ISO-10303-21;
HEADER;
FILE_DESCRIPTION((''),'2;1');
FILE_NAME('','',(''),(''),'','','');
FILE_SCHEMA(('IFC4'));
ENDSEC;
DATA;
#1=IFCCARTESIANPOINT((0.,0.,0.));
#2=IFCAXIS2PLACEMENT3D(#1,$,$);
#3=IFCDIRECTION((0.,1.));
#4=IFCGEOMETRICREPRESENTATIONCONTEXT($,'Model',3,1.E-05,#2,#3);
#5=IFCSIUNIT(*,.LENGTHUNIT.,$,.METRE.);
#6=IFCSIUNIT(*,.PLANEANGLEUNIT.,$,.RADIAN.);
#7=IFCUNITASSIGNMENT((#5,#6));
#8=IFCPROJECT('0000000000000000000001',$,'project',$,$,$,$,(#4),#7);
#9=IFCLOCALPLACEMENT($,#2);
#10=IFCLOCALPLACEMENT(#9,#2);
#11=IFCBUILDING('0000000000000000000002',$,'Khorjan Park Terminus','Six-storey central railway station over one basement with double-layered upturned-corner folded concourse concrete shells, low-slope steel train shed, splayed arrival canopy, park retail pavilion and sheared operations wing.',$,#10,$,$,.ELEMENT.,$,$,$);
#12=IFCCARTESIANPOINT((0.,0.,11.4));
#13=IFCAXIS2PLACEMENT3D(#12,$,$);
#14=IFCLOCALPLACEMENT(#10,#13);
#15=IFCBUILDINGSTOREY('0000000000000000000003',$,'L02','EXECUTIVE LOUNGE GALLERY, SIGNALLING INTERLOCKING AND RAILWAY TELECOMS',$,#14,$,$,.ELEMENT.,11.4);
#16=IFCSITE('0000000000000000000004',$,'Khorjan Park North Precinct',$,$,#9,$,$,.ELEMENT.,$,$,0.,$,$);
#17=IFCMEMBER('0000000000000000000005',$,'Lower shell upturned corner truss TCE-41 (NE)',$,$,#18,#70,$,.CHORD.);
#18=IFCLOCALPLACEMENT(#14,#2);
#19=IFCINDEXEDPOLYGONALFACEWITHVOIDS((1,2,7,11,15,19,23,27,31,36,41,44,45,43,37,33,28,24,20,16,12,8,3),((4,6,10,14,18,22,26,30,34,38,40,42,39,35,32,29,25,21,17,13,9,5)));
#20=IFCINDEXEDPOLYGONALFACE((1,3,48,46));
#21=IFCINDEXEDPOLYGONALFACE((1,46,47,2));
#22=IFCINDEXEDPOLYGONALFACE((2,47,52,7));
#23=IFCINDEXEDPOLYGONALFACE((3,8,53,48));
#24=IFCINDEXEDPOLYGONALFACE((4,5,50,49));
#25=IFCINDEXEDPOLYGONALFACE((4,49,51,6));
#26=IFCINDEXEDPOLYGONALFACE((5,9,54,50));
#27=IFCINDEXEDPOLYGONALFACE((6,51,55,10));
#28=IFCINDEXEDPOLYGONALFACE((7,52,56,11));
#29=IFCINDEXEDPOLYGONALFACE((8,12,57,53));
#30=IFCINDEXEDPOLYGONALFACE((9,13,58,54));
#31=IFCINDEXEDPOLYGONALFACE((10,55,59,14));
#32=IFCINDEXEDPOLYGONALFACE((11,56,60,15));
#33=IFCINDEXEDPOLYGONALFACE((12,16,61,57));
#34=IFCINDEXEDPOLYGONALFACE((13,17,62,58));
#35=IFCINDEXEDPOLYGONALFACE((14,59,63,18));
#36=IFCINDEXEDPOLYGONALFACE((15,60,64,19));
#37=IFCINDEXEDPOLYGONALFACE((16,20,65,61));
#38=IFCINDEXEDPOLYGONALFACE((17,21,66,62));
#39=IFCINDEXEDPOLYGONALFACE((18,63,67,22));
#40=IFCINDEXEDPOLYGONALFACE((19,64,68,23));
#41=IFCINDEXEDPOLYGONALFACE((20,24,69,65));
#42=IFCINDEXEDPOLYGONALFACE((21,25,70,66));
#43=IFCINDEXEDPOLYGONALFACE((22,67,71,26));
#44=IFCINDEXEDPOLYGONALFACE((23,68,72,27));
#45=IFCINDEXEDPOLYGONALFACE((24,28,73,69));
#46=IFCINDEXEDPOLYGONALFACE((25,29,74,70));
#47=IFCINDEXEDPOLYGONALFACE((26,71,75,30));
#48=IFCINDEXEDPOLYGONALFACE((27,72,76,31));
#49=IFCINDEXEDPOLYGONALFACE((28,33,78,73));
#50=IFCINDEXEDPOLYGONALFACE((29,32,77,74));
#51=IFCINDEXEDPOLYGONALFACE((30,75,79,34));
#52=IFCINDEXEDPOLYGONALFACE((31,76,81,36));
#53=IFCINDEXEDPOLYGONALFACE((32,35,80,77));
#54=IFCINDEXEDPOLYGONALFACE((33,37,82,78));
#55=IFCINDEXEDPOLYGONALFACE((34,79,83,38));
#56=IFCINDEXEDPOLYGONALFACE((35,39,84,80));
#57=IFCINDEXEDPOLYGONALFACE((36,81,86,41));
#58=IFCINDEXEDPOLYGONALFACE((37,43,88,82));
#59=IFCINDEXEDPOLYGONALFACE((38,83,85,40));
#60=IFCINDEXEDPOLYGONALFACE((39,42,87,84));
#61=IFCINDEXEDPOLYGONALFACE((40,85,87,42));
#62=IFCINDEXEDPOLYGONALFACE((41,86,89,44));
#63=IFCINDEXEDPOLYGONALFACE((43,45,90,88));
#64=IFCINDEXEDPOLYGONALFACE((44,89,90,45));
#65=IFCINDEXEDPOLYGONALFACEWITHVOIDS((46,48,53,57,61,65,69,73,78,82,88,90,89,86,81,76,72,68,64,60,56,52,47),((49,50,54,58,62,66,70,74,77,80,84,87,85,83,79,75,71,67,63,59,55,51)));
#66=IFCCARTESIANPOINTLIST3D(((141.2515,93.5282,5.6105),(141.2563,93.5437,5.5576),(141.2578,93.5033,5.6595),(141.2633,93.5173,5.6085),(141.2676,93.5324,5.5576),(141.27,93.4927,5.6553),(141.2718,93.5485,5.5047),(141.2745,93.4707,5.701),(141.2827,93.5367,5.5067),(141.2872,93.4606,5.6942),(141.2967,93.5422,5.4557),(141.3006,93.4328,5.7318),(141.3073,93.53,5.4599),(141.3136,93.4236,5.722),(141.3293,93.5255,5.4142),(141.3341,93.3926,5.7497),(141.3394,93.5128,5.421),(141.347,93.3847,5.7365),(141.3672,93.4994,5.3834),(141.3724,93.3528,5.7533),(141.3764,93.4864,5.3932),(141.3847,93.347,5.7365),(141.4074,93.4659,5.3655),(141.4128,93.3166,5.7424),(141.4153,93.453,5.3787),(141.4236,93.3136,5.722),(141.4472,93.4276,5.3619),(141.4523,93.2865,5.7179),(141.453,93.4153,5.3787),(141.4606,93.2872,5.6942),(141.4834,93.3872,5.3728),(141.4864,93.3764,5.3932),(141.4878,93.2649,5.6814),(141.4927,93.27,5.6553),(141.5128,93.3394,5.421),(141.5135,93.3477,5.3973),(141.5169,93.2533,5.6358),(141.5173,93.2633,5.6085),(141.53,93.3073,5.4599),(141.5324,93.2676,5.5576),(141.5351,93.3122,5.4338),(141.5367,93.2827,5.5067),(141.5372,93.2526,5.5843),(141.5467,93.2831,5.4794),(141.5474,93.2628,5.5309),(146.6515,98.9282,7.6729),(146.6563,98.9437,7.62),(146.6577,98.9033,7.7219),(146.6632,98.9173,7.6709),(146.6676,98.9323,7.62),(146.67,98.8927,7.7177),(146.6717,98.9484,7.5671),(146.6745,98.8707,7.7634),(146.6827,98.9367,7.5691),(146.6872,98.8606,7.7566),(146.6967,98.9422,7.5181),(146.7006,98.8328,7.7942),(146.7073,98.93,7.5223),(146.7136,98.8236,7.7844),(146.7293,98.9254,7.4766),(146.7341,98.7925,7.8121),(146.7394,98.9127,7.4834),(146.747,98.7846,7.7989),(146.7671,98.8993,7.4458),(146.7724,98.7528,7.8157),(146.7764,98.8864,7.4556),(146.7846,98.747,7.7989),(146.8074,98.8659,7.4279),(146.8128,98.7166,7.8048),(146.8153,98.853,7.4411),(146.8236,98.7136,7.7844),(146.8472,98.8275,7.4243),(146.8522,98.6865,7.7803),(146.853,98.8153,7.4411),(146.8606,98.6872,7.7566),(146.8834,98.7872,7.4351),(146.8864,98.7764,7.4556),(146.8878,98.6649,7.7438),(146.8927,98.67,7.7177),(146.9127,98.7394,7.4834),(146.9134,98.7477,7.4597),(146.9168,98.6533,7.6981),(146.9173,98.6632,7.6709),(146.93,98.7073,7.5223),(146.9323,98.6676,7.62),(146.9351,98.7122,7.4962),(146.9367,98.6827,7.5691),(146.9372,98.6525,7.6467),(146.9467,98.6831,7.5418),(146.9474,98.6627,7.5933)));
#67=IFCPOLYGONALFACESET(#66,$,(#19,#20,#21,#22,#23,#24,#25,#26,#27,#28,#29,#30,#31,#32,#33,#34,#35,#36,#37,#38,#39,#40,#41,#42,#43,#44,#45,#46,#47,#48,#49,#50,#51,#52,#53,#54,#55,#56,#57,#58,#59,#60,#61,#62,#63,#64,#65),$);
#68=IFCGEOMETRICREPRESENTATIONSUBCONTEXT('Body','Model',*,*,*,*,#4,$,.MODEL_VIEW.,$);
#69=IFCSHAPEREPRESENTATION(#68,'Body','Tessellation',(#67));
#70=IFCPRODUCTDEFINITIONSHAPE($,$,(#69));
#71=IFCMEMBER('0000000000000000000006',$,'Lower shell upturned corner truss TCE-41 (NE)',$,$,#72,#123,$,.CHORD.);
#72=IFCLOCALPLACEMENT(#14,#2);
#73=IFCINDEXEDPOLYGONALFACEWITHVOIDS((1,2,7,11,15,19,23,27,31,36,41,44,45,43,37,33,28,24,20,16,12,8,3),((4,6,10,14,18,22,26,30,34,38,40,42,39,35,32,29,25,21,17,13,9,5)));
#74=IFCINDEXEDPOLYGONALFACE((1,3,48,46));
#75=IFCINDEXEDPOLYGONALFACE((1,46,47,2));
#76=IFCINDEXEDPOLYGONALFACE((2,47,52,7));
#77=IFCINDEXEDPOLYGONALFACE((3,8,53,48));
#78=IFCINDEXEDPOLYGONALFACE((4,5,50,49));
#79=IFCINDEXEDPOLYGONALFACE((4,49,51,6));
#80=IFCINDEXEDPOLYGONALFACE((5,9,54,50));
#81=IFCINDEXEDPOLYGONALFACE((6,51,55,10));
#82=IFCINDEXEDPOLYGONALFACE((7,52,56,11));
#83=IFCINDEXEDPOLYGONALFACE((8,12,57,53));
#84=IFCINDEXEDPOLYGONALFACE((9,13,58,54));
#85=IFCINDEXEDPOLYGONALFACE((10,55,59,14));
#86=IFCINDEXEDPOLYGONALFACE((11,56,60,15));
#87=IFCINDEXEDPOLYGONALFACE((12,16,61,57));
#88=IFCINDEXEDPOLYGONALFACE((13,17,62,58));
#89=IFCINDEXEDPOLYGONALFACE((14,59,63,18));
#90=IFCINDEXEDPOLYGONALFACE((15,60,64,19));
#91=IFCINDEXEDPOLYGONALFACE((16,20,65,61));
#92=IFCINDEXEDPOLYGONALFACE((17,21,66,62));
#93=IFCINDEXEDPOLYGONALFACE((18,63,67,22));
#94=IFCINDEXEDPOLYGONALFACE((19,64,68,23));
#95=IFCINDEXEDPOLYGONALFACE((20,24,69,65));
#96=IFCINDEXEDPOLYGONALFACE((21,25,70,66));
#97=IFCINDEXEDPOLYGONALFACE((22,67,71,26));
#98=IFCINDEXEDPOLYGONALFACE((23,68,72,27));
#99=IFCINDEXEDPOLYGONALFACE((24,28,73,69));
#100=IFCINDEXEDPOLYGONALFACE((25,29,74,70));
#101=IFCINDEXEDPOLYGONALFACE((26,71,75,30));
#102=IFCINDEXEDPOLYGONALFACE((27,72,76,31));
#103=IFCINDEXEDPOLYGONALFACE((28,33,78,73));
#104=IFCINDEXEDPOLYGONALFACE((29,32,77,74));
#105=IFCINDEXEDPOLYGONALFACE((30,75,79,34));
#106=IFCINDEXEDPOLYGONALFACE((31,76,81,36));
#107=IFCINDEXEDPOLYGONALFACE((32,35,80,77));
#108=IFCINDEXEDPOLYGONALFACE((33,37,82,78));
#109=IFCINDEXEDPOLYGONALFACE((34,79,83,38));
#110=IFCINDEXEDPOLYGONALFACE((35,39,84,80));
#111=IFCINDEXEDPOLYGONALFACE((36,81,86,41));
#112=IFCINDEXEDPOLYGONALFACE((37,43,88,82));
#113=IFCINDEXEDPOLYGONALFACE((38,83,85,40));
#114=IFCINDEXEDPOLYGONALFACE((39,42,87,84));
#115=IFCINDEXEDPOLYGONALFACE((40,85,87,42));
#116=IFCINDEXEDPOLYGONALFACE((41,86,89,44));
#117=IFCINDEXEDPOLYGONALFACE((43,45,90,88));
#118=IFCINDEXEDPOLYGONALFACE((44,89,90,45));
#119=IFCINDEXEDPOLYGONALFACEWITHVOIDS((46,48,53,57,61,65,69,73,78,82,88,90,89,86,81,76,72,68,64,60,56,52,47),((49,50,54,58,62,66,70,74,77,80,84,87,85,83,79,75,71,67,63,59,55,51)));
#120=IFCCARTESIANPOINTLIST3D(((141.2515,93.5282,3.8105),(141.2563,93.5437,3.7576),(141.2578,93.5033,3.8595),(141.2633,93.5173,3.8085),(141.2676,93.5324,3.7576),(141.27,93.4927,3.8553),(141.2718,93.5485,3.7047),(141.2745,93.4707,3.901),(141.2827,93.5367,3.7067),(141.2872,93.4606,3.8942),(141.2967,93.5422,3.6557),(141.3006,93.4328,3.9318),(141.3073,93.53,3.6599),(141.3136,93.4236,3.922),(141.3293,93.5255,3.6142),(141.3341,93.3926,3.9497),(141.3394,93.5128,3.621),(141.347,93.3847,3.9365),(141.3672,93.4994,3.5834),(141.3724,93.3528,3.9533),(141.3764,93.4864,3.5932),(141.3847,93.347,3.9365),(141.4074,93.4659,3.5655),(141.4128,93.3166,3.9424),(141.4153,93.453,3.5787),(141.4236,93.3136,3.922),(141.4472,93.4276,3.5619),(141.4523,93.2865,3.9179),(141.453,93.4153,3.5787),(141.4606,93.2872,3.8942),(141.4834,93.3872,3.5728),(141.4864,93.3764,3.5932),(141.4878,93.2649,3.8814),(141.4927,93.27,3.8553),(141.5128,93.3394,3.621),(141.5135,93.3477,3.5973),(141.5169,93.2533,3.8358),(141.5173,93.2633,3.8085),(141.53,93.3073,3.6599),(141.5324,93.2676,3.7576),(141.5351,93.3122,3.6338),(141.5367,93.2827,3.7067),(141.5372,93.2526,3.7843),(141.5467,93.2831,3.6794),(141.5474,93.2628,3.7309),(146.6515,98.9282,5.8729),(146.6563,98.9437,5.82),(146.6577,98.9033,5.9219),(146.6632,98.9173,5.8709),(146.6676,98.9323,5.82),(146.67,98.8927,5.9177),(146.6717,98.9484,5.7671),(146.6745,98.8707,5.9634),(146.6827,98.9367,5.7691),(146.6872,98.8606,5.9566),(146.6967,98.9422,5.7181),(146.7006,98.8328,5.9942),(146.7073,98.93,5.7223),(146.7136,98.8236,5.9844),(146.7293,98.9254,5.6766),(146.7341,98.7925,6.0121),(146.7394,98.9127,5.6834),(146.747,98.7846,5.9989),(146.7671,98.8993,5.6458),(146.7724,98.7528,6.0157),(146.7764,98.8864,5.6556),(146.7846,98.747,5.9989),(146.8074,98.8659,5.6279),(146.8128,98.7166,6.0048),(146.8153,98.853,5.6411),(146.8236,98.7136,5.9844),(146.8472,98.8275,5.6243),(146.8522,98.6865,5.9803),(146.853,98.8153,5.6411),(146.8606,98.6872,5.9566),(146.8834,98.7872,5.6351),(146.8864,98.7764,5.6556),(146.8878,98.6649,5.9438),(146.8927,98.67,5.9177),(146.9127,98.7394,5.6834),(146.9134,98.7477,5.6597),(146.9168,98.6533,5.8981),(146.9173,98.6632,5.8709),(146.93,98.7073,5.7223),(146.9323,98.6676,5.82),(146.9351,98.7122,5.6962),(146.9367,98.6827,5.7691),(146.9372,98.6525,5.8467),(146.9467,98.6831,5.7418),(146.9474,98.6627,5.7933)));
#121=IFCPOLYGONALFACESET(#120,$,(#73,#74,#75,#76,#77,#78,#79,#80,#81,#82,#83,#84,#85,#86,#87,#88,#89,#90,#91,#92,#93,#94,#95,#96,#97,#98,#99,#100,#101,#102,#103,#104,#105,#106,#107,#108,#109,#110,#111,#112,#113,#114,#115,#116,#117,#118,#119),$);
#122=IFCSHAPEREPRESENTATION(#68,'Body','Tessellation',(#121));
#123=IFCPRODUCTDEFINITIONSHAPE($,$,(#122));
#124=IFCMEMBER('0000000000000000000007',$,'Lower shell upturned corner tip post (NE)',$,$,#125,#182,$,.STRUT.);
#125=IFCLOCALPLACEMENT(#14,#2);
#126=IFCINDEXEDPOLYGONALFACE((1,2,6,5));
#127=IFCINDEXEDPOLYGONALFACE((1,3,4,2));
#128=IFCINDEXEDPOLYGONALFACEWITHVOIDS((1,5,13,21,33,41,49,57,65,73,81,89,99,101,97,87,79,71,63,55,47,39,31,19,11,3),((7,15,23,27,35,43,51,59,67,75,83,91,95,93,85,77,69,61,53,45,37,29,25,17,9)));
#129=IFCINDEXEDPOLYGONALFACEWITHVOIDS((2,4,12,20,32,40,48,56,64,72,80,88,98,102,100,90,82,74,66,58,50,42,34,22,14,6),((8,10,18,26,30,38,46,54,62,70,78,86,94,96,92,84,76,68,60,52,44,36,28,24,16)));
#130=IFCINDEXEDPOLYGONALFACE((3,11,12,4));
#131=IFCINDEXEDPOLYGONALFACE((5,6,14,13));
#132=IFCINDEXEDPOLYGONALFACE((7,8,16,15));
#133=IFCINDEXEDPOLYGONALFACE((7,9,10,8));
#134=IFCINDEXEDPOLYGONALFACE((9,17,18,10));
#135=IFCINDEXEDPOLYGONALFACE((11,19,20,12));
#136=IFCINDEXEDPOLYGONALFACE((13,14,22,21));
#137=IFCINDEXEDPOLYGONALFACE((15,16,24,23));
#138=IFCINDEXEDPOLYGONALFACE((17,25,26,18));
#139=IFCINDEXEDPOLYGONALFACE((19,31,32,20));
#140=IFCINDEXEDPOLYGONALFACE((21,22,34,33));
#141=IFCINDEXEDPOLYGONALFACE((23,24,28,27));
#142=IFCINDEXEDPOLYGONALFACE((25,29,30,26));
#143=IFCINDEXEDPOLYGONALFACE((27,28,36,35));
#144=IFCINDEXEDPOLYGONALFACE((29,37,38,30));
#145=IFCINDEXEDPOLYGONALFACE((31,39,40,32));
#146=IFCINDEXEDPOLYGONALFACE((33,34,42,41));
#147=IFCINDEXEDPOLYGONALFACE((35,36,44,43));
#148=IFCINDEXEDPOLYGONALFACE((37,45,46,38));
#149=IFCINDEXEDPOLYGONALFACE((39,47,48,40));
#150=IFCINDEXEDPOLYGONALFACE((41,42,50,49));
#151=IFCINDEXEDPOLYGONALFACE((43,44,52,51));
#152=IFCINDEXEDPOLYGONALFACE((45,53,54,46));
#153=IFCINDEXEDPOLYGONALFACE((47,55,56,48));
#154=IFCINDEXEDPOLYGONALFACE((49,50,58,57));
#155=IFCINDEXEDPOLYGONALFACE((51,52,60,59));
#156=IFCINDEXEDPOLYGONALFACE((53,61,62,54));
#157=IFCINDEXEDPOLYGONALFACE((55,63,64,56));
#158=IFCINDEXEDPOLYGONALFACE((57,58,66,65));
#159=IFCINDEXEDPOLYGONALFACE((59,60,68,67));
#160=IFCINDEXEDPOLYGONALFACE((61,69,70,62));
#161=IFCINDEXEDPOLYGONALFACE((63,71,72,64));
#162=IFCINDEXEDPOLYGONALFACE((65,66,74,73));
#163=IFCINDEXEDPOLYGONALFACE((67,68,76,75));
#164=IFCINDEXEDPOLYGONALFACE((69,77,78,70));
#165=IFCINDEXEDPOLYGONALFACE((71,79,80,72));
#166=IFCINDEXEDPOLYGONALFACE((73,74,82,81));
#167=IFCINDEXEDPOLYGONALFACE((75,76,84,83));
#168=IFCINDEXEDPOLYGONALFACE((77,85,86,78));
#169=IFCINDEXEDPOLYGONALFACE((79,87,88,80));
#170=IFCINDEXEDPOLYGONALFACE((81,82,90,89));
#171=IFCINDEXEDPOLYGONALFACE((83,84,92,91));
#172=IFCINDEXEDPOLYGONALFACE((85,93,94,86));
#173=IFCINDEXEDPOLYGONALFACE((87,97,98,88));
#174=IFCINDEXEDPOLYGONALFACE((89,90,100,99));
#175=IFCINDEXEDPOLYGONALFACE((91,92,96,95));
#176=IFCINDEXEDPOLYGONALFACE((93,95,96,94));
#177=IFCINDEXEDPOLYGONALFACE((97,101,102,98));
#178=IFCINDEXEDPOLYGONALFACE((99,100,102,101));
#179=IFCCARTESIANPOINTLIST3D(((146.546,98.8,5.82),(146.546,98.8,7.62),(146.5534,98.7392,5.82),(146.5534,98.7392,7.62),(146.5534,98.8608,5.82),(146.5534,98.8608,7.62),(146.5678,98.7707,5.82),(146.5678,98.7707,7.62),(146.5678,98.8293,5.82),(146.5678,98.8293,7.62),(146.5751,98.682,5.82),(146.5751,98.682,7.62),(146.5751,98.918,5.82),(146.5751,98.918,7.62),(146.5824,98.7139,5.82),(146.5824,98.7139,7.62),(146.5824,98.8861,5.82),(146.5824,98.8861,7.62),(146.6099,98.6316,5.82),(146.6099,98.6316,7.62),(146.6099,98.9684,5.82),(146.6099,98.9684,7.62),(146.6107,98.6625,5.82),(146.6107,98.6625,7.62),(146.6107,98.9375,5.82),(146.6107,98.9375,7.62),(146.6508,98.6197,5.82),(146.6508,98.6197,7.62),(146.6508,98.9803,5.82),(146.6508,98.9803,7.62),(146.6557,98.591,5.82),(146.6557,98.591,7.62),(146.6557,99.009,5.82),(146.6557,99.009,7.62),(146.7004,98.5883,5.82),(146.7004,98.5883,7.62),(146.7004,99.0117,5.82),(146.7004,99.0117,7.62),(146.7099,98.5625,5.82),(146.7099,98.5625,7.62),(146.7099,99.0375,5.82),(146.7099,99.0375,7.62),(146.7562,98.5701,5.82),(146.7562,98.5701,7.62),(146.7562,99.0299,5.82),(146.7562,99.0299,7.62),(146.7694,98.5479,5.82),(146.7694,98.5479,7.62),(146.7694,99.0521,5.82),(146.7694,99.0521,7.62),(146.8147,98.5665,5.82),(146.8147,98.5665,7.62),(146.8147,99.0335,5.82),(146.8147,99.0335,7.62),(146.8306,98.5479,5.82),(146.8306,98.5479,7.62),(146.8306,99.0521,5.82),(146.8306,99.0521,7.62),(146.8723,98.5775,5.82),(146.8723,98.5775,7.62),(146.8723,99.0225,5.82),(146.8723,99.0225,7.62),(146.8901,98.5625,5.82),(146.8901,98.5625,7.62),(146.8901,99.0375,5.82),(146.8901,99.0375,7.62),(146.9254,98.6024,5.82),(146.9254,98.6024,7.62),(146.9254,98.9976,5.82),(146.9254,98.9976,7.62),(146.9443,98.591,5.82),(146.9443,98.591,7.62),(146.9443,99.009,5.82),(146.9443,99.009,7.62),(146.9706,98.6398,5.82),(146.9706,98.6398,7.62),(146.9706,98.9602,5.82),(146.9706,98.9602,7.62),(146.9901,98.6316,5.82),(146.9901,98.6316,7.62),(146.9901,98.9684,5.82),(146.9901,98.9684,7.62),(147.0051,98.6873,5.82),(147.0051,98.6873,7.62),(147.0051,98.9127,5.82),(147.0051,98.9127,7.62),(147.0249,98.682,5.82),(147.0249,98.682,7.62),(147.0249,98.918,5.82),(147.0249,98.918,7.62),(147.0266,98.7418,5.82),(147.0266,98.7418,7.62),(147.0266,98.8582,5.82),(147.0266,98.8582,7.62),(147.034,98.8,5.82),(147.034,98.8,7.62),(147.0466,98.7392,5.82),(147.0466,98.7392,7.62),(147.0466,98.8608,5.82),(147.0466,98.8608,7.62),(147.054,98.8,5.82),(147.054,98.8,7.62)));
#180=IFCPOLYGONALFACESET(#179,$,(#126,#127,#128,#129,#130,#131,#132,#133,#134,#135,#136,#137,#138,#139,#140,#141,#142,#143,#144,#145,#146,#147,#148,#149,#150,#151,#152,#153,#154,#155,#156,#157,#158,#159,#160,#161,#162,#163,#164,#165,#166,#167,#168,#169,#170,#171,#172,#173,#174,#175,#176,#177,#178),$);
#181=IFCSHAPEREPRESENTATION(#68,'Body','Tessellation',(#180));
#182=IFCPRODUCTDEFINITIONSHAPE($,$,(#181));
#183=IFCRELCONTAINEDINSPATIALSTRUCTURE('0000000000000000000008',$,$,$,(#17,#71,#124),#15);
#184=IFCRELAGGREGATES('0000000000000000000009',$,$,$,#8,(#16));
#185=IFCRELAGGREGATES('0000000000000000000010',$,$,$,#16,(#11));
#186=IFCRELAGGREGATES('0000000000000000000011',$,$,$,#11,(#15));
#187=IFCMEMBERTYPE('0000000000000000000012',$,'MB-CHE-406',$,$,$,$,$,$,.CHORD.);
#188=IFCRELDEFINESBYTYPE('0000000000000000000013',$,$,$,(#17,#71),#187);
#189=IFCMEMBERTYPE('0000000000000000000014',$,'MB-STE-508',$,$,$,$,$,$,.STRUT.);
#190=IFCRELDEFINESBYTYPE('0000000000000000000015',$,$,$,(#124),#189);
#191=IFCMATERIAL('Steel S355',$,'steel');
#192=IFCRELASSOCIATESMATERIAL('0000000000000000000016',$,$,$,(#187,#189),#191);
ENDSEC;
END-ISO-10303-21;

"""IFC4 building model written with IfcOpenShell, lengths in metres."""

from ifc_helpers import new_model, si_unit, direction, frame, origin, origin_2d, place, context, subcontext, project, spatial, hollow_circle, extrude, material, material_profile, profile_set, type_object, element, save


model = new_model("IFC4")

# Units and contexts
model_context = context("Model", 3, precision=1e-05, world=origin(), true_north=direction((0.0, 1.0)))
body_context = subcontext(model_context, "Body", "Model", "MODEL_VIEW")
ifc_project = project(units=[si_unit("LENGTHUNIT", "METRE"), si_unit("PLANEANGLEUNIT", "RADIAN")], contexts=[model_context])

# Site, building, storey
site_placement = place(None, origin())
site = spatial("IfcSite", under=ifc_project, at=site_placement, Name="Khorjan Park North Precinct", CompositionType="ELEMENT", RefElevation=0.0)
building_placement = place(site_placement, origin())
building = spatial("IfcBuilding", under=site, at=building_placement, Name="Khorjan Park Terminus", Description="Six-storey central railway station over one basement with double-layered upturned-corner folded concourse concrete shells, low-slope steel train shed, splayed arrival canopy, park retail pavilion and sheared operations wing.", CompositionType="ELEMENT")
storey_placement = place(building_placement, frame((0.0, 0.0, 11.4)))
storey = spatial("IfcBuildingStorey", under=building, at=storey_placement, Name="L02", Description="EXECUTIVE LOUNGE GALLERY, SIGNALLING INTERLOCKING AND RAILWAY TELECOMS", CompositionType="ELEMENT", Elevation=11.4)

# Shared definitions
ifc_material_1 = material(Name="Steel S355", Category="steel")

# Members
ifc_material_profile_1 = material_profile(ifc_material_1, hollow_circle(Radius=0.2032, WallThickness=0.016, at=origin_2d()), Name="CHS 406.4x16")
ifc_profile_set_1 = profile_set([ifc_material_profile_1], Name="Steel S355")
member_type_1 = type_object("IfcMemberType", Name="MB-CHE-406", PredefinedType="CHORD", material=ifc_profile_set_1)
for number, where, z_axis, x_axis, name in (
    (1, (141.4, 93.4, 5.5576), (0.682651, 0.682651, 0.260722), (-0.707107, 0.707107, 0.0), "Lower shell upturned corner truss TCE-41 (NE)"),
    (2, (141.4, 93.4, 3.7576), (0.682651, 0.682651, 0.260722), (-0.707107, 0.707107, 0.0), "Lower shell upturned corner truss TCE-41 (NE)"),
):
    element("IfcMember", number, at=place(storey_placement, frame(where, z_axis=z_axis, x_axis=x_axis)), inside=storey, type_object=member_type_1, Name=name, PredefinedType="CHORD", context=body_context, shape_type="SweptSolid", body=[
        extrude(hollow_circle(Radius=0.2032, WallThickness=0.016, at=origin_2d()), origin(), (0.0, 0.0, 1.0), 7.9103),
    ])
ifc_material_profile_2 = material_profile(ifc_material_1, hollow_circle(Radius=0.254, WallThickness=0.02, at=origin_2d()), Name="CHS 508x20")
ifc_profile_set_2 = profile_set([ifc_material_profile_2], Name="Steel S355")
member_type_2 = type_object("IfcMemberType", Name="MB-STE-508", PredefinedType="STRUT", material=ifc_profile_set_2)
member_1_placement = place(storey_placement, frame((146.8, 98.8, 5.82), z_axis=(0.0, 0.0, 1.0), x_axis=(1.0, 0.0, 0.0)))
element("IfcMember", 3, at=member_1_placement, inside=storey, type_object=member_type_2, Name="Lower shell upturned corner tip post (NE)", PredefinedType="STRUT", context=body_context, shape_type="SweptSolid", body=[
    extrude(hollow_circle(Radius=0.254, WallThickness=0.02, at=origin_2d()), origin(), (0.0, 0.0, 1.0), 1.8),
])

save(model, "model.ifc")
